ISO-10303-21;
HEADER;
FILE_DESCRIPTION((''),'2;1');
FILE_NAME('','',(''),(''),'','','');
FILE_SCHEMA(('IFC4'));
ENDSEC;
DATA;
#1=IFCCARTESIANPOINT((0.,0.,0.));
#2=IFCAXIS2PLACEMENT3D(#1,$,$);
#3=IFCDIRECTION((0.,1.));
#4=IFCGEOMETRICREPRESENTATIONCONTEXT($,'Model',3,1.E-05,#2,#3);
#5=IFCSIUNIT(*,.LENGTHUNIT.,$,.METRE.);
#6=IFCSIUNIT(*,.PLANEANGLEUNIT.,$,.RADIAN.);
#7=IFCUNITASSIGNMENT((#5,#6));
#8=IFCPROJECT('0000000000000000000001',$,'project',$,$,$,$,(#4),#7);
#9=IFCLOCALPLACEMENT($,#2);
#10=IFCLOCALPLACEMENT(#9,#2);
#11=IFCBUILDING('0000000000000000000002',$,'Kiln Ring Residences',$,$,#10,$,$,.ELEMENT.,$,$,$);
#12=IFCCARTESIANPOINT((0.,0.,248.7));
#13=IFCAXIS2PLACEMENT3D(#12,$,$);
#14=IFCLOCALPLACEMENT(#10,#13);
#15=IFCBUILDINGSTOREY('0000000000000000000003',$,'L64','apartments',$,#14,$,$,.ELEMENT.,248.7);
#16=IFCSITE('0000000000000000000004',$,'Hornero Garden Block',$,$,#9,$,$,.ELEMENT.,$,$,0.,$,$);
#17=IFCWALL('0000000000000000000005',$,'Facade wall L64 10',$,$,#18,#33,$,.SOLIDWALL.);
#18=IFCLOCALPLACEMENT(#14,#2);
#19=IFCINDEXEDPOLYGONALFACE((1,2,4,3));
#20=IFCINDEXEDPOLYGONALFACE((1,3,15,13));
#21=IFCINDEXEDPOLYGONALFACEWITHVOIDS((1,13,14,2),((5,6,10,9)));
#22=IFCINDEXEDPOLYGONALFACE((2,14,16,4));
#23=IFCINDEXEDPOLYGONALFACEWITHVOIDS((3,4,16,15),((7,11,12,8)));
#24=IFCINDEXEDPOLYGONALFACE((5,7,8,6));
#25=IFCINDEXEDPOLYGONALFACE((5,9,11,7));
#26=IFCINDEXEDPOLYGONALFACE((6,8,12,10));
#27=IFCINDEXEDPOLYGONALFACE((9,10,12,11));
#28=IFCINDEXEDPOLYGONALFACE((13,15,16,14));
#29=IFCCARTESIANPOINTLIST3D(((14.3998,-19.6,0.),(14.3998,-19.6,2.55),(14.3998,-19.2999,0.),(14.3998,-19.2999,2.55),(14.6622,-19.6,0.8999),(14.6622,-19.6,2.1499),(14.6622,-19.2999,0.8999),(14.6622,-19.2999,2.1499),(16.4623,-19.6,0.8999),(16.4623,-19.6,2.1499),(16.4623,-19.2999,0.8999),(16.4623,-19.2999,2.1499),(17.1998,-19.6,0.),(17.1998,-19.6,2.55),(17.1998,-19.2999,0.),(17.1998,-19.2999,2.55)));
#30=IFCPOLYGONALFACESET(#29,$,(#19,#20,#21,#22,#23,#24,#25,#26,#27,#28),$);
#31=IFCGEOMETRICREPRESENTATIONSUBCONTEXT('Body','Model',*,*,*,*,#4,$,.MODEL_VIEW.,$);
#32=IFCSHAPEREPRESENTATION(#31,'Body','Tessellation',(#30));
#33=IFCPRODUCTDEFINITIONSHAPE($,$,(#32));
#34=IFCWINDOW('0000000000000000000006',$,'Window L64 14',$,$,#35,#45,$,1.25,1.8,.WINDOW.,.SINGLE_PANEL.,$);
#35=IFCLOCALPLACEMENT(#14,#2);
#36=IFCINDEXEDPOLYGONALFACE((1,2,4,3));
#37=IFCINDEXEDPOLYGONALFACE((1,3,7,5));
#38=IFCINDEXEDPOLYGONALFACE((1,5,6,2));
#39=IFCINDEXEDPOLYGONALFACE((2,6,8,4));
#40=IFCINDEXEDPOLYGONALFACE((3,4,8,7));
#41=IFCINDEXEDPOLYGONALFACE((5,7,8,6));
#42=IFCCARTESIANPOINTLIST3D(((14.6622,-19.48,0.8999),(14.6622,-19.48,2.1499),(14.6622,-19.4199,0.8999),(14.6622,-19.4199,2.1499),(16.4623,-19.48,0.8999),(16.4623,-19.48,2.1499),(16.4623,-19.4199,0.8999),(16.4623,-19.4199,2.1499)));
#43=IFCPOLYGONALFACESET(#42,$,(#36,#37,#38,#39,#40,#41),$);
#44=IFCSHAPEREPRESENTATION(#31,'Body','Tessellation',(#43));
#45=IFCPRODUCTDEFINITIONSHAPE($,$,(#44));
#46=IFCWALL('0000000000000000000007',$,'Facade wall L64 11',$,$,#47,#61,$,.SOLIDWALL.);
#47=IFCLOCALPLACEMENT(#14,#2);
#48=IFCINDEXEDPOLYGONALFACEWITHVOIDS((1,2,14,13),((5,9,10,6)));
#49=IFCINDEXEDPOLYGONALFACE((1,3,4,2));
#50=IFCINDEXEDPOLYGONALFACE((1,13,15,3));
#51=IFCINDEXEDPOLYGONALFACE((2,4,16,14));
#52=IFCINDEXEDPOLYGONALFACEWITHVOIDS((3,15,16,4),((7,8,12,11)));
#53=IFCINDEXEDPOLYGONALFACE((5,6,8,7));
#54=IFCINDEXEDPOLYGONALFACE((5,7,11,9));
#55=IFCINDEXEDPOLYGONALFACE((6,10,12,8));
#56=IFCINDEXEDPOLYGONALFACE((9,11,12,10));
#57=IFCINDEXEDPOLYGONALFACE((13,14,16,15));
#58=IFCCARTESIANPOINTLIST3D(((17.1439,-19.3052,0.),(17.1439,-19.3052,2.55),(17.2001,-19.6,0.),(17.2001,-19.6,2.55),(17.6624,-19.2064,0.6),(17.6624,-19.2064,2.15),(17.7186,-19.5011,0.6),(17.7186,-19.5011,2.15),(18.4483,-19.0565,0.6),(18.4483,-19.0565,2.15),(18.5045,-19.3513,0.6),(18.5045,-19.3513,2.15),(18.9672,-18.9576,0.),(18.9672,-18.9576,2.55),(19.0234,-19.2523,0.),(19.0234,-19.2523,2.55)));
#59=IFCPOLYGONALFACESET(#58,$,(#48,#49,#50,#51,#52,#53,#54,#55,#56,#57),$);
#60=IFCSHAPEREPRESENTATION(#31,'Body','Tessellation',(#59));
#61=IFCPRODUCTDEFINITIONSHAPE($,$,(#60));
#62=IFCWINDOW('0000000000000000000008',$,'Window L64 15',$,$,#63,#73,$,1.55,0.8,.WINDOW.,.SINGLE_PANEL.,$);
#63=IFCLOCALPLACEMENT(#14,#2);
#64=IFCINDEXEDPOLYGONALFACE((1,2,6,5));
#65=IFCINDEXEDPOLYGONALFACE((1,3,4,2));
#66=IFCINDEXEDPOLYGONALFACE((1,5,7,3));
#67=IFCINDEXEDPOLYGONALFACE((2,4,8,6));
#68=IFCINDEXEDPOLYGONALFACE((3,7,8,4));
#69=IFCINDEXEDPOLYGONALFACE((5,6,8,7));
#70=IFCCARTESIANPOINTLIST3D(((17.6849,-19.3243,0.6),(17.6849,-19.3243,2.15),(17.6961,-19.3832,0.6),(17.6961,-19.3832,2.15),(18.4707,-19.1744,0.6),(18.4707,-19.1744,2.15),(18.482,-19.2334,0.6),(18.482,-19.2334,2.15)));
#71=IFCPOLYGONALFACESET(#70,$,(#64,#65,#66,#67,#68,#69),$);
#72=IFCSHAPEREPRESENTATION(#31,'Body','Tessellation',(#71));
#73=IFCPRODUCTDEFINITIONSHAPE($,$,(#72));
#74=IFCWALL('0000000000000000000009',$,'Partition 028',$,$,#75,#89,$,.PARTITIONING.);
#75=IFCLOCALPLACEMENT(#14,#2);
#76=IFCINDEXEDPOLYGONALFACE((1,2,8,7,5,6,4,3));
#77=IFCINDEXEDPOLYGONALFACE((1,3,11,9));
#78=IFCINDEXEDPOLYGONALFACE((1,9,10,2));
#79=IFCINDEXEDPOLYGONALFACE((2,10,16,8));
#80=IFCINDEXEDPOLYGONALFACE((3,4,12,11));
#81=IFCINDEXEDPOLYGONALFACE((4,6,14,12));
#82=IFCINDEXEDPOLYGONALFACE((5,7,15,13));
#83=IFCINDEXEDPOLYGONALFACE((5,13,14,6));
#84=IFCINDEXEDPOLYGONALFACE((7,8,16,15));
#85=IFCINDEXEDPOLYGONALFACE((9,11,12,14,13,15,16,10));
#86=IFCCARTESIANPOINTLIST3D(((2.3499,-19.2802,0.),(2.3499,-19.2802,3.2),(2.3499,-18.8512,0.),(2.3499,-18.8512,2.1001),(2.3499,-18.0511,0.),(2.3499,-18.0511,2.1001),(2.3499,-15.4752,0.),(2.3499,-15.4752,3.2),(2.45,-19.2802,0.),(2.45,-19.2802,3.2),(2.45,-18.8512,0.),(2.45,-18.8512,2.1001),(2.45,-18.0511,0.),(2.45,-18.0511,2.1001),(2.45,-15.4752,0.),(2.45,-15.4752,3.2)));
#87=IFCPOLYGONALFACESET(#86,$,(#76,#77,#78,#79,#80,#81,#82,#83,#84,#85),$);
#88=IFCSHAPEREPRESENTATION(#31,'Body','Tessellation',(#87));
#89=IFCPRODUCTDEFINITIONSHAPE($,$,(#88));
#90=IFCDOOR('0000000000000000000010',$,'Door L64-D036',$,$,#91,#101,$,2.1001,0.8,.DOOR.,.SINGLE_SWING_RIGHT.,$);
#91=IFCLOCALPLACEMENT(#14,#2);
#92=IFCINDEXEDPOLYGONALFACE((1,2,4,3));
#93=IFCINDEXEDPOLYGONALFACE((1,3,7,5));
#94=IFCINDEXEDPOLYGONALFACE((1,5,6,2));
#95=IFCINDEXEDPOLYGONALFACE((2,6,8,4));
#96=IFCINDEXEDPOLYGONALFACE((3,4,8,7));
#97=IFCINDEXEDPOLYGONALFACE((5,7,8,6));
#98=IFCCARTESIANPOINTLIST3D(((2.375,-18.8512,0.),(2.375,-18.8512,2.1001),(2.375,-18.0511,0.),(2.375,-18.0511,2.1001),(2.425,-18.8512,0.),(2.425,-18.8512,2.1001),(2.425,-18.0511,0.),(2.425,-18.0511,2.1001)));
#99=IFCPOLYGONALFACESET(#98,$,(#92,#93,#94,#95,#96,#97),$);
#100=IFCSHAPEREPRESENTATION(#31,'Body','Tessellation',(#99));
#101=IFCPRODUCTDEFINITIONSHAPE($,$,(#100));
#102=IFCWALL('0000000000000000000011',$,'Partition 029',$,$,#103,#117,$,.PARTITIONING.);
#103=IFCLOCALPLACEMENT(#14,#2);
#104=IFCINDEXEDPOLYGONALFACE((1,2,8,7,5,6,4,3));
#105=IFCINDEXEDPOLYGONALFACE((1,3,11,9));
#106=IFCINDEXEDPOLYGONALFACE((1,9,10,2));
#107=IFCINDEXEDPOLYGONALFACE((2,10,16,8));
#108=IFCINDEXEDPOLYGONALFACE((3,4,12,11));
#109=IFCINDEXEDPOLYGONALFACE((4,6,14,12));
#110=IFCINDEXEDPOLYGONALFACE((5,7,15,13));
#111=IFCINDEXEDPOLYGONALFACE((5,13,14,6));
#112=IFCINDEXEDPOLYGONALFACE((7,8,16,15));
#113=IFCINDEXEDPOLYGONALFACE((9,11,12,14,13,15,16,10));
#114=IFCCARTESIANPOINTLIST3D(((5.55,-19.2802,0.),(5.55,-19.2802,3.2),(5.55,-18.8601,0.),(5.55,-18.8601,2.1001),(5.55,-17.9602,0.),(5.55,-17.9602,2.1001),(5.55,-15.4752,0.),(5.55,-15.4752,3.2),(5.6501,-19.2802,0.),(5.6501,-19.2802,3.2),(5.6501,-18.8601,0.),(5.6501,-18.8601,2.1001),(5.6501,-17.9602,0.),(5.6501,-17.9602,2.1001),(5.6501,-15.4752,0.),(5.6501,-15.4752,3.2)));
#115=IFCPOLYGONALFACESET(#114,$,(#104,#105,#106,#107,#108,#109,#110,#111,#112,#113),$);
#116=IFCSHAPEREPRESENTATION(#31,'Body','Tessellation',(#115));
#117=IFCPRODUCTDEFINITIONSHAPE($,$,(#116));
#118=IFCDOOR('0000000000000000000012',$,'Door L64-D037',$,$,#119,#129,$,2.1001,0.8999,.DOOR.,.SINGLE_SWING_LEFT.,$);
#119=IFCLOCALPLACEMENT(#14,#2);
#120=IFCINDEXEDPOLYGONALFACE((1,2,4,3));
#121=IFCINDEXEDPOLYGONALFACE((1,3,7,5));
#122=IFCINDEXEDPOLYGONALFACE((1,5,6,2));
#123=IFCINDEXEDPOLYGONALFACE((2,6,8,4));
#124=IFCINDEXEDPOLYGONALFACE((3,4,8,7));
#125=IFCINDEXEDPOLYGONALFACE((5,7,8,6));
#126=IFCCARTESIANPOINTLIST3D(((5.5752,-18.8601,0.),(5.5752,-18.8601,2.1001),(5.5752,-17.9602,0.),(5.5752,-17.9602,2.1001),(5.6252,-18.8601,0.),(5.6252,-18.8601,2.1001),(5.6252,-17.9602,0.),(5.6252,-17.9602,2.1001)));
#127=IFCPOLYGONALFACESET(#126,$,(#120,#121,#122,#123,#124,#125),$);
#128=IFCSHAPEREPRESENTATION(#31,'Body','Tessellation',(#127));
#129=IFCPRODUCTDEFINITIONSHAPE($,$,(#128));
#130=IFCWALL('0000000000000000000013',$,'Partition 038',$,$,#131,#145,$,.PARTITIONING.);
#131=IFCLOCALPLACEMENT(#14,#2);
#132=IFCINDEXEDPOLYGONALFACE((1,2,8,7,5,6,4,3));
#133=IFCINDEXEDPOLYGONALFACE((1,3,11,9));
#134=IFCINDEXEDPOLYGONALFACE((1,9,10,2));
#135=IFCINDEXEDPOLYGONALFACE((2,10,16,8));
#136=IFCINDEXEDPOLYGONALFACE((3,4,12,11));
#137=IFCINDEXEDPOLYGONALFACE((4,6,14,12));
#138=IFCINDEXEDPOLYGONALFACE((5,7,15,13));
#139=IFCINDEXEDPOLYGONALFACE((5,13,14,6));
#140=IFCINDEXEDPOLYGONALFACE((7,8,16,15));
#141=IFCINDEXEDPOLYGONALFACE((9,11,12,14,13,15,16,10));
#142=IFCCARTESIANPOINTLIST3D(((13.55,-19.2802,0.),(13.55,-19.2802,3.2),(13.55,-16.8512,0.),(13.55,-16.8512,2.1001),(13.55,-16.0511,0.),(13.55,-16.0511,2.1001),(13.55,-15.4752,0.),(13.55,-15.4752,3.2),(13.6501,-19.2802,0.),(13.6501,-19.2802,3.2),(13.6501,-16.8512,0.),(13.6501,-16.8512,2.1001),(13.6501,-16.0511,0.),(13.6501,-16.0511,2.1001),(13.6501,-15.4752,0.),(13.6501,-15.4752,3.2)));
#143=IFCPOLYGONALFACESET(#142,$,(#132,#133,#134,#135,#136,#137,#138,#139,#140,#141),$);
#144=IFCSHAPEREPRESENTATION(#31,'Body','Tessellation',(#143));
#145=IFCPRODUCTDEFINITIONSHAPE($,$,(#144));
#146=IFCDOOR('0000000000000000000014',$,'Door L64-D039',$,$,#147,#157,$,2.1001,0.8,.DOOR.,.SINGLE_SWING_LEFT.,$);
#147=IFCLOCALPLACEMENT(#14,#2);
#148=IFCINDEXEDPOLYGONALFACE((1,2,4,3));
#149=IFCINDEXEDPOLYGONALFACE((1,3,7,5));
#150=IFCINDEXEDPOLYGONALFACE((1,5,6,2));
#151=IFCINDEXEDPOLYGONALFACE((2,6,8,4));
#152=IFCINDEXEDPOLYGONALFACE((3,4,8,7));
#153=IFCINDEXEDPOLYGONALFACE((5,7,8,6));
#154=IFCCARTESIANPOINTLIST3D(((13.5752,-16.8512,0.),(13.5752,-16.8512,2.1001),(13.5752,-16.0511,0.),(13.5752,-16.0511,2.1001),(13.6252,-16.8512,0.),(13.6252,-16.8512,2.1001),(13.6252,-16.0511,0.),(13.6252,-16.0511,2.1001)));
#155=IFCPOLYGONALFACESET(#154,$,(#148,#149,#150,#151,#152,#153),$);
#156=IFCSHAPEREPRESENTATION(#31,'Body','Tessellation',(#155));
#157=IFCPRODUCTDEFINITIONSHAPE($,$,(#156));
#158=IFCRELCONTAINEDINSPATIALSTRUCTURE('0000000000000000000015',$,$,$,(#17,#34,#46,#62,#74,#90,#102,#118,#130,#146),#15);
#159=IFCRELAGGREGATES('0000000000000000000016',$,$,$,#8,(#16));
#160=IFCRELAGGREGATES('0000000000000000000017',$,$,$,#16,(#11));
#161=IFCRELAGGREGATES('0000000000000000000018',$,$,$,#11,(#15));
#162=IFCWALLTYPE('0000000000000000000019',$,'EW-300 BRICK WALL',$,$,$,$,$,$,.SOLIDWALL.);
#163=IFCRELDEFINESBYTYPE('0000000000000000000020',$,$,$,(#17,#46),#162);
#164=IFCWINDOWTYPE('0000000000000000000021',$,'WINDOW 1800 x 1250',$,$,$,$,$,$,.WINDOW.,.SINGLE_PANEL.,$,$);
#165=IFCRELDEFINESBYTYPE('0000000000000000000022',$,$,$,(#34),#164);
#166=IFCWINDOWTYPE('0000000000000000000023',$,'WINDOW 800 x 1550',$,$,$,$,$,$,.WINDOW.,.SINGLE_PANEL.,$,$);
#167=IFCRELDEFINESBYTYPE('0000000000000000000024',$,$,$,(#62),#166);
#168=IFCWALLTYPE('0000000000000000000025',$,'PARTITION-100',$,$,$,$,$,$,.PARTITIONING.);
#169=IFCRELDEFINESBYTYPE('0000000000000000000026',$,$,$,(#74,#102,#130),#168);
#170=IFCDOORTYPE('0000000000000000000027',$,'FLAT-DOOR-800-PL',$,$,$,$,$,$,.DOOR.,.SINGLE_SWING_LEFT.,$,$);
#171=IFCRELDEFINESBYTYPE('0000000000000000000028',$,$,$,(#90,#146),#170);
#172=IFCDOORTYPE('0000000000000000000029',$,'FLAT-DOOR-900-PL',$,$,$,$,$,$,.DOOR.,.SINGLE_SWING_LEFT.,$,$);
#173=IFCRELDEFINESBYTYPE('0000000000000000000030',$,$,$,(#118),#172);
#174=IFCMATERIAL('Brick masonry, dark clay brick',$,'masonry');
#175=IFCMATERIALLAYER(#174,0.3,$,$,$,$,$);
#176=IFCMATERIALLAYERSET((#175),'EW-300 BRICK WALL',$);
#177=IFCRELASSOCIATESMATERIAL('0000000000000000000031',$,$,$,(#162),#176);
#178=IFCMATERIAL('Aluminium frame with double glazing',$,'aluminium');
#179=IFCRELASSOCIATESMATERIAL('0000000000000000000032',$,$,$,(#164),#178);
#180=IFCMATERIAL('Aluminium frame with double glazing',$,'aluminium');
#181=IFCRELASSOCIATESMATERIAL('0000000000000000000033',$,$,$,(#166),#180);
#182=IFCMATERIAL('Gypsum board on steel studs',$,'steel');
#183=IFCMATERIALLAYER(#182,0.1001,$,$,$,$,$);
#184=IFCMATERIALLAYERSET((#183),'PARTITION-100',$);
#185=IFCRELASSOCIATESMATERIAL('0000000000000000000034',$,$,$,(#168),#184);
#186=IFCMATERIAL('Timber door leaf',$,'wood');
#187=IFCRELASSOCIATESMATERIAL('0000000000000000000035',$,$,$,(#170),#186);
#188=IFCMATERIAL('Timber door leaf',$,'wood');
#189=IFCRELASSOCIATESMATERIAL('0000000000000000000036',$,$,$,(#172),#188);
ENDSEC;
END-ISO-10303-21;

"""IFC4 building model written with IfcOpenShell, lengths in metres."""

from ifc_helpers import new_model, si_unit, direction, frame, frame_2d, origin, place, context, subcontext, project, spatial, rectangle, extrude, material, layer, layer_set, type_object, element, fill, save


model = new_model("IFC4")

# Units and contexts
model_context = context("Model", 3, precision=1e-05, world=origin(), true_north=direction((0.0, 1.0)))
body_context = subcontext(model_context, "Body", "Model", "MODEL_VIEW")
ifc_project = project(units=[si_unit("LENGTHUNIT", "METRE"), si_unit("PLANEANGLEUNIT", "RADIAN")], contexts=[model_context])

# Site, building, storey
site_placement = place(None, origin())
site = spatial("IfcSite", under=ifc_project, at=site_placement, Name="Hornero Garden Block", CompositionType="ELEMENT", RefElevation=0.0)
building_placement = place(site_placement, origin())
building = spatial("IfcBuilding", under=site, at=building_placement, Name="Kiln Ring Residences", CompositionType="ELEMENT")
storey_placement = place(building_placement, frame((0.0, 0.0, 248.7)))
storey = spatial("IfcBuildingStorey", under=building, at=storey_placement, Name="L64", Description="apartments", CompositionType="ELEMENT", Elevation=248.7)

# Shared definitions
ifc_material_1 = material(Name="Brick masonry, dark clay brick", Category="masonry")
ifc_layer_1 = layer(ifc_material_1, 0.3)
ifc_layer_set_1 = layer_set([ifc_layer_1], Name="EW-300 BRICK WALL")
wall_type_1 = type_object("IfcWallType", Name="EW-300 BRICK WALL", PredefinedType="SOLIDWALL", material=ifc_layer_set_1)
ifc_material_2 = material(Name="Aluminium frame with double glazing", Category="aluminium")
window_type_1 = type_object("IfcWindowType", Name="WINDOW 1800 x 1250", PartitioningType="SINGLE_PANEL", PredefinedType="WINDOW", material=ifc_material_2)

# Walls, openings, windows
wall_1_placement = place(storey_placement, frame((14.3999, -19.45, 0.0), z_axis=(0.0, 0.0, 1.0), x_axis=(1.0, 0.0, 0.0)))
wall_1 = element("IfcWall", 1, at=wall_1_placement, inside=storey, type_object=wall_type_1, Name="Facade wall L64 10", PredefinedType="SOLIDWALL", context=body_context, shape_type="SweptSolid", body=[
    extrude(rectangle(XDim=2.8, YDim=0.3, at=frame_2d((1.3999, 0.0))), origin(), (0.0, 0.0, 1.0), 2.55),
])
opening_1_placement = place(wall_1_placement, frame((0.2625, 0.0, 0.8999)))
opening_1 = element("IfcOpeningElement", 2, at=opening_1_placement, cuts=wall_1, PredefinedType="OPENING", context=body_context, shape_type="SweptSolid", body=[
    extrude(rectangle(XDim=1.8, YDim=1.25, at=frame_2d((0.8999, 0.625))), frame((0.0, 0.1599, 0.0), z_axis=(0.0, -1.0, 0.0), x_axis=(1.0, 0.0, 0.0)), (0.0, 0.0, 1.0), 0.3201),
])
window_1_placement = place(opening_1_placement, origin())
window_1 = element("IfcWindow", 3, at=window_1_placement, inside=storey, type_object=window_type_1, Name="Window L64 14", OverallHeight=1.25, OverallWidth=1.8, PartitioningType="SINGLE_PANEL", PredefinedType="WINDOW", context=body_context, shape_type="SweptSolid", body=[
    extrude(rectangle(XDim=1.8, YDim=1.25, at=frame_2d((0.8999, 0.625))), frame((0.0, 0.03, 0.0), z_axis=(0.0, -1.0, 0.0), x_axis=(1.0, 0.0, 0.0)), (0.0, 0.0, 1.0), 0.0601),
])
fill(opening_1, window_1)
wall_2_placement = place(storey_placement, frame((17.1719, -19.4526, 0.0), z_axis=(0.0, 0.0, 1.0), x_axis=(0.982302, 0.187306, 0.0)))
wall_2 = element("IfcWall", 4, at=wall_2_placement, inside=storey, type_object=wall_type_1, Name="Facade wall L64 11", PredefinedType="SOLIDWALL", context=body_context, shape_type="SweptSolid", body=[
    extrude(rectangle(XDim=1.8562, YDim=0.3, at=frame_2d((0.9282, 0.0))), origin(), (0.0, 0.0, 1.0), 2.55),
])
opening_2_placement = place(wall_2_placement, frame((0.5281, 0.0, 0.6001)))
opening_2 = element("IfcOpeningElement", 5, at=opening_2_placement, cuts=wall_2, PredefinedType="OPENING", context=body_context, shape_type="SweptSolid", body=[
    extrude(rectangle(XDim=0.8, YDim=1.55, at=frame_2d((0.3999, 0.7749))), frame((0.0, 0.1599, 0.0), z_axis=(0.0, -1.0, 0.0), x_axis=(1.0, 0.0, 0.0)), (0.0, 0.0, 1.0), 0.3201),
])
ifc_material_3 = material(Name="Aluminium frame with double glazing", Category="aluminium")
window_type_2 = type_object("IfcWindowType", Name="WINDOW 800 x 1550", PartitioningType="SINGLE_PANEL", PredefinedType="WINDOW", material=ifc_material_3)
window_2_placement = place(opening_2_placement, origin())
window_2 = element("IfcWindow", 6, at=window_2_placement, inside=storey, type_object=window_type_2, Name="Window L64 15", OverallHeight=1.55, OverallWidth=0.8, PartitioningType="SINGLE_PANEL", PredefinedType="WINDOW", context=body_context, shape_type="SweptSolid", body=[
    extrude(rectangle(XDim=0.8, YDim=1.55, at=frame_2d((0.3999, 0.7749))), frame((0.0, 0.03, 0.0), z_axis=(0.0, -1.0, 0.0), x_axis=(1.0, 0.0, 0.0)), (0.0, 0.0, 1.0), 0.0601),
])
fill(opening_2, window_2)

# Walls, openings, doors
ifc_material_4 = material(Name="Gypsum board on steel studs", Category="steel")
ifc_layer_2 = layer(ifc_material_4, 0.1001)
ifc_layer_set_2 = layer_set([ifc_layer_2], Name="PARTITION-100")
wall_type_2 = type_object("IfcWallType", Name="PARTITION-100", PredefinedType="PARTITIONING", material=ifc_layer_set_2)
wall_3_placement = place(storey_placement, frame((2.3999, -19.28, 0.0), z_axis=(0.0, 0.0, 1.0), x_axis=(0.0, 1.0, 0.0)))
wall_3 = element("IfcWall", 7, at=wall_3_placement, inside=storey, type_object=wall_type_2, Name="Partition 028", PredefinedType="PARTITIONING", context=body_context, shape_type="SweptSolid", body=[
    extrude(rectangle(XDim=3.8049, YDim=0.1001, at=frame_2d((1.9023, 0.0))), origin(), (0.0, 0.0, 1.0), 3.2),
])
opening_3_placement = place(wall_3_placement, frame((0.429, 0.0, 0.0)))
opening_3 = element("IfcOpeningElement", 8, at=opening_3_placement, cuts=wall_3, PredefinedType="OPENING", context=body_context, shape_type="SweptSolid", body=[
    extrude(rectangle(XDim=0.8, YDim=2.1001, at=frame_2d((0.3999, 1.05))), frame((0.0, 0.0601, 0.0), z_axis=(0.0, -1.0, 0.0), x_axis=(1.0, 0.0, 0.0)), (0.0, 0.0, 1.0), 0.1201),
])
ifc_material_5 = material(Name="Timber door leaf", Category="wood")
door_type_1 = type_object("IfcDoorType", Name="FLAT-DOOR-800-PL", OperationType="SINGLE_SWING_LEFT", PredefinedType="DOOR", material=ifc_material_5)
door_1_placement = place(opening_3_placement, origin())
door_1 = element("IfcDoor", 9, at=door_1_placement, inside=storey, type_object=door_type_1, Name="Door L64-D036", OperationType="SINGLE_SWING_RIGHT", OverallHeight=2.1001, OverallWidth=0.8, PredefinedType="DOOR", context=body_context, shape_type="SweptSolid", body=[
    extrude(rectangle(XDim=0.8, YDim=2.1001, at=frame_2d((0.3999, 1.05))), frame((0.0, 0.0249, 0.0), z_axis=(0.0, -1.0, 0.0), x_axis=(1.0, 0.0, 0.0)), (0.0, 0.0, 1.0), 0.05),
])
fill(opening_3, door_1)
wall_4_placement = place(storey_placement, frame((5.6001, -19.28, 0.0), z_axis=(0.0, 0.0, 1.0), x_axis=(0.0, 1.0, 0.0)))
wall_4 = element("IfcWall", 10, at=wall_4_placement, inside=storey, type_object=wall_type_2, Name="Partition 029", PredefinedType="PARTITIONING", context=body_context, shape_type="SweptSolid", body=[
    extrude(rectangle(XDim=3.8049, YDim=0.1001, at=frame_2d((1.9023, 0.0))), origin(), (0.0, 0.0, 1.0), 3.2),
])
opening_4_placement = place(wall_4_placement, frame((0.4199, 0.0, 0.0)))
opening_4 = element("IfcOpeningElement", 11, at=opening_4_placement, cuts=wall_4, PredefinedType="OPENING", context=body_context, shape_type="SweptSolid", body=[
    extrude(rectangle(XDim=0.8999, YDim=2.1001, at=frame_2d((0.45, 1.05))), frame((0.0, 0.0601, 0.0), z_axis=(0.0, -1.0, 0.0), x_axis=(1.0, 0.0, 0.0)), (0.0, 0.0, 1.0), 0.1201),
])
ifc_material_6 = material(Name="Timber door leaf", Category="wood")
door_type_2 = type_object("IfcDoorType", Name="FLAT-DOOR-900-PL", OperationType="SINGLE_SWING_LEFT", PredefinedType="DOOR", material=ifc_material_6)
door_2_placement = place(opening_4_placement, origin())
door_2 = element("IfcDoor", 12, at=door_2_placement, inside=storey, type_object=door_type_2, Name="Door L64-D037", OperationType="SINGLE_SWING_LEFT", OverallHeight=2.1001, OverallWidth=0.8999, PredefinedType="DOOR", context=body_context, shape_type="SweptSolid", body=[
    extrude(rectangle(XDim=0.8999, YDim=2.1001, at=frame_2d((0.45, 1.05))), frame((0.0, 0.0249, 0.0), z_axis=(0.0, -1.0, 0.0), x_axis=(1.0, 0.0, 0.0)), (0.0, 0.0, 1.0), 0.05),
])
fill(opening_4, door_2)
wall_5_placement = place(storey_placement, frame((13.6001, -19.28, 0.0), z_axis=(0.0, 0.0, 1.0), x_axis=(0.0, 1.0, 0.0)))
wall_5 = element("IfcWall", 13, at=wall_5_placement, inside=storey, type_object=wall_type_2, Name="Partition 038", PredefinedType="PARTITIONING", context=body_context, shape_type="SweptSolid", body=[
    extrude(rectangle(XDim=3.8049, YDim=0.1001, at=frame_2d((1.9023, 0.0))), origin(), (0.0, 0.0, 1.0), 3.2),
])
opening_5_placement = place(wall_5_placement, frame((2.429, 0.0, 0.0)))
opening_5 = element("IfcOpeningElement", 14, at=opening_5_placement, cuts=wall_5, PredefinedType="OPENING", context=body_context, shape_type="SweptSolid", body=[
    extrude(rectangle(XDim=0.8, YDim=2.1001, at=frame_2d((0.3999, 1.05))), frame((0.0, 0.0601, 0.0), z_axis=(0.0, -1.0, 0.0), x_axis=(1.0, 0.0, 0.0)), (0.0, 0.0, 1.0), 0.1201),
])
door_3_placement = place(opening_5_placement, origin())
door_3 = element("IfcDoor", 15, at=door_3_placement, inside=storey, type_object=door_type_1, Name="Door L64-D039", OperationType="SINGLE_SWING_LEFT", OverallHeight=2.1001, OverallWidth=0.8, PredefinedType="DOOR", context=body_context, shape_type="SweptSolid", body=[
    extrude(rectangle(XDim=0.8, YDim=2.1001, at=frame_2d((0.3999, 1.05))), frame((0.0, 0.0249, 0.0), z_axis=(0.0, -1.0, 0.0), x_axis=(1.0, 0.0, 0.0)), (0.0, 0.0, 1.0), 0.05),
])
fill(opening_5, door_3)

save(model, "model.ifc")
